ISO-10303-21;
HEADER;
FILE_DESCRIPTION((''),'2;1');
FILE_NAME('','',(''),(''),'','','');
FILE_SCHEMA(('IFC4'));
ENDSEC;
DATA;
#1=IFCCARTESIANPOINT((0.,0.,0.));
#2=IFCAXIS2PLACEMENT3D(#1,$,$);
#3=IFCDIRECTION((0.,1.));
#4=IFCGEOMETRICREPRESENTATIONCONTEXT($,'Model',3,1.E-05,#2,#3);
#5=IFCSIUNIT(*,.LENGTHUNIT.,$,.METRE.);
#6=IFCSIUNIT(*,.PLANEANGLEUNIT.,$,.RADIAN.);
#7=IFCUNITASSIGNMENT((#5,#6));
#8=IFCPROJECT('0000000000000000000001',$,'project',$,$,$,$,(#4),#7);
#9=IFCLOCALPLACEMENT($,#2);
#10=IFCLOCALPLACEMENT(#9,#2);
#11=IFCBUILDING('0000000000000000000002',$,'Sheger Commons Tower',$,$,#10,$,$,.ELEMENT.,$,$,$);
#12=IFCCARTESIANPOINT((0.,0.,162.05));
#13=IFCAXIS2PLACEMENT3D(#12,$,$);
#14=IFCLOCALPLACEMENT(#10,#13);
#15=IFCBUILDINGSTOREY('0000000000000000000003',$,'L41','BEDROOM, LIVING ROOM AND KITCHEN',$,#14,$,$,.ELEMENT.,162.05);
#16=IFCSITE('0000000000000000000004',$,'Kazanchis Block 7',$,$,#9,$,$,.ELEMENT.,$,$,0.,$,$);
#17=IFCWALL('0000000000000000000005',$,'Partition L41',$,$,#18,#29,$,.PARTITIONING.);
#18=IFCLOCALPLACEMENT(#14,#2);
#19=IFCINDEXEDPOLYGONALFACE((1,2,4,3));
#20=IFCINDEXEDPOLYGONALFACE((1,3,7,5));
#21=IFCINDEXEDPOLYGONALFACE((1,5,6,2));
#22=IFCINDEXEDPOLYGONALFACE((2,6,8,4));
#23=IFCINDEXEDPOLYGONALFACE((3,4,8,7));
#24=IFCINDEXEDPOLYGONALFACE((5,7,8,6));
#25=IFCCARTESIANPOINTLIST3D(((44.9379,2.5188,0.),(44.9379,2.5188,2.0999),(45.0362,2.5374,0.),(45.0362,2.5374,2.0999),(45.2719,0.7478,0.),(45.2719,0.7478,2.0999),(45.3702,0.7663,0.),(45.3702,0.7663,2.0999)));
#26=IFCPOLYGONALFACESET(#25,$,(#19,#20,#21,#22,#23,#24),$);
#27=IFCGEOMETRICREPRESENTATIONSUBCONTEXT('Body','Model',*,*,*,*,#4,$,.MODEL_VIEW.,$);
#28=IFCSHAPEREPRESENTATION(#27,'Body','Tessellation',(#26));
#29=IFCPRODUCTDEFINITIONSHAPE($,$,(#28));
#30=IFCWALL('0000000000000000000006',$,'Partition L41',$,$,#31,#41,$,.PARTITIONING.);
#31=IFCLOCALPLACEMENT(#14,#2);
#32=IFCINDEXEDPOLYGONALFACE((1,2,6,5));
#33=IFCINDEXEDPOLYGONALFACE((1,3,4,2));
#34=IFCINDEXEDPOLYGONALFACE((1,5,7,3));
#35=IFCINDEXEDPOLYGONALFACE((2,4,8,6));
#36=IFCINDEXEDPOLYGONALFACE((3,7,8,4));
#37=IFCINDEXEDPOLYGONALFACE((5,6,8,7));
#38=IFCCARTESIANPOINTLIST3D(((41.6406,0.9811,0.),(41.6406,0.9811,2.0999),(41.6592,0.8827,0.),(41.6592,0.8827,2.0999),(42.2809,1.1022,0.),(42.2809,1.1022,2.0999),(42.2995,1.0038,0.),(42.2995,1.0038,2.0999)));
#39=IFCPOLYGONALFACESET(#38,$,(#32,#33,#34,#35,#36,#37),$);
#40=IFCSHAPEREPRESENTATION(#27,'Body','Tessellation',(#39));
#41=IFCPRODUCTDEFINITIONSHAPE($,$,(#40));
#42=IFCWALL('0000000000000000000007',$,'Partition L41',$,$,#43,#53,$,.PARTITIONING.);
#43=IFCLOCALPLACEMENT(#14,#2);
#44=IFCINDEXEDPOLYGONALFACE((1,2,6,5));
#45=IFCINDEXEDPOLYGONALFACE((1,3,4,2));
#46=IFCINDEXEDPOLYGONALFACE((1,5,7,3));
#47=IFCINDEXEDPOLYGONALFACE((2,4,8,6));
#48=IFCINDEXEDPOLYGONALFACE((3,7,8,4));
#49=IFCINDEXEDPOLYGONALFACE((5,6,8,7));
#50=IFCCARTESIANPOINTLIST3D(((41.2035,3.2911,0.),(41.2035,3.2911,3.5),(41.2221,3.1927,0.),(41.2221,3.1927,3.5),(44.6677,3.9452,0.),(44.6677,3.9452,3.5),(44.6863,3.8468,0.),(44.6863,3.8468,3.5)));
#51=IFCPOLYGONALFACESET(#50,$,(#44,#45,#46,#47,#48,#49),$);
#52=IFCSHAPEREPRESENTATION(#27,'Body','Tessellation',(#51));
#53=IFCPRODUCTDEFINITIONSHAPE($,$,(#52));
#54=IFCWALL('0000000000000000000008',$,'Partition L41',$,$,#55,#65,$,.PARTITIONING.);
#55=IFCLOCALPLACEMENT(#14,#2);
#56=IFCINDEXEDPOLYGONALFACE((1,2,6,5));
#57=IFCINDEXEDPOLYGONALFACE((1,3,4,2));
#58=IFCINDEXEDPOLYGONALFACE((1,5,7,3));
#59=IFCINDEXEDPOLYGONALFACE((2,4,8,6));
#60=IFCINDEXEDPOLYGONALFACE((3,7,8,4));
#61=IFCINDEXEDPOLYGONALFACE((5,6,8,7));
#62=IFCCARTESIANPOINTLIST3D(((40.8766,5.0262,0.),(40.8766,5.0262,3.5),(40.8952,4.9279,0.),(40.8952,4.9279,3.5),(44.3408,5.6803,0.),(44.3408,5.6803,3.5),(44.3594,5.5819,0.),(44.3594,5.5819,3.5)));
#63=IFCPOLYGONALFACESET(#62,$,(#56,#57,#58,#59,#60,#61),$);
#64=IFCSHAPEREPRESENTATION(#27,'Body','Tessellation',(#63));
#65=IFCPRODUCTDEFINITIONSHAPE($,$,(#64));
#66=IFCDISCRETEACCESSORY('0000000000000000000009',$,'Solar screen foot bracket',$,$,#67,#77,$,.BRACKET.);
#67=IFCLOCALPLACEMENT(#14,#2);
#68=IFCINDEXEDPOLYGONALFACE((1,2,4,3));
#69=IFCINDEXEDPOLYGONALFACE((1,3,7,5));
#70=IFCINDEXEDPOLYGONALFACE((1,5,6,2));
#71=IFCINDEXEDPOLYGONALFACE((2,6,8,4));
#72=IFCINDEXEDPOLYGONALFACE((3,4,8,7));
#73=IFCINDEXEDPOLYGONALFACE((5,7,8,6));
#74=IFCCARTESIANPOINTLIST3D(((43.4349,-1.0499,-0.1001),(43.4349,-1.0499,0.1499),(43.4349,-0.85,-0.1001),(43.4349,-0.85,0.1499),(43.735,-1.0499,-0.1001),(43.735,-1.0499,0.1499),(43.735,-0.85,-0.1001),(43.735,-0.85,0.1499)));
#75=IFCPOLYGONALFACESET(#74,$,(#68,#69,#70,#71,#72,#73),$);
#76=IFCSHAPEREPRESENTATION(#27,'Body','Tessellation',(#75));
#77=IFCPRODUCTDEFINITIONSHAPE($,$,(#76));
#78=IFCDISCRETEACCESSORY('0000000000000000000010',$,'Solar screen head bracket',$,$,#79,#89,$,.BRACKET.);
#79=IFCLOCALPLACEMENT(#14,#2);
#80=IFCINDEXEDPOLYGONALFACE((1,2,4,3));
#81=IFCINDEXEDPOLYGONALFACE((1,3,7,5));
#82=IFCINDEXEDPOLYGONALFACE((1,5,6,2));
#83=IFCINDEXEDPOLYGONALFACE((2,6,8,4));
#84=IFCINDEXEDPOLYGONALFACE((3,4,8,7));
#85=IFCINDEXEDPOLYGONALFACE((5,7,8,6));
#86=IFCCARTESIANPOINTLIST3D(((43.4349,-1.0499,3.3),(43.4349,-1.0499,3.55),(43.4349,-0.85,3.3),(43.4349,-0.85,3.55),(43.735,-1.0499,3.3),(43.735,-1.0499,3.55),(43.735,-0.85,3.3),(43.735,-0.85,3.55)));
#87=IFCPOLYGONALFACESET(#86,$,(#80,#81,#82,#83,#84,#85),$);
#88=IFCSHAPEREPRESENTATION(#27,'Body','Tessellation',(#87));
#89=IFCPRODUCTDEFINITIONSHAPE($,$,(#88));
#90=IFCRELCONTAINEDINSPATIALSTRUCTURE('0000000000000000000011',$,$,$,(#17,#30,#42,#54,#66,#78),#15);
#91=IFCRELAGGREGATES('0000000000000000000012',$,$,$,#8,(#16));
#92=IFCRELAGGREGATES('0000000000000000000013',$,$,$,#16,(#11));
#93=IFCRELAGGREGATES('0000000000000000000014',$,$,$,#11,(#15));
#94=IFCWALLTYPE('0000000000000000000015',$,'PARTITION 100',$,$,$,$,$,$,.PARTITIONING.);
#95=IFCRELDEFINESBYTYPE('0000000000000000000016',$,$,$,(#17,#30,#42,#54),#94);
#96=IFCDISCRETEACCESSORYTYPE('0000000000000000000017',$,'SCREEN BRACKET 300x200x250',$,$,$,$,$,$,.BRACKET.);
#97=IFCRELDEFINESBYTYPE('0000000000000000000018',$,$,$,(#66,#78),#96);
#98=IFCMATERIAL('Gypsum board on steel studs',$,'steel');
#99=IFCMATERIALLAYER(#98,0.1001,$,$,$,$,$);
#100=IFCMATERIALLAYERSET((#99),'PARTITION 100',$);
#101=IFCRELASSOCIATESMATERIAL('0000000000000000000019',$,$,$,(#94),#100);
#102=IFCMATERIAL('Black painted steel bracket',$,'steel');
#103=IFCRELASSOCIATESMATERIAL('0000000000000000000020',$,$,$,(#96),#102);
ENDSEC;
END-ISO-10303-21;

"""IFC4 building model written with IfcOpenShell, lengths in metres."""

from ifc_helpers import new_model, si_unit, direction, frame, frame_2d, origin, origin_2d, place, context, subcontext, project, spatial, rectangle, extrude, material, layer, layer_set, type_object, element, save


model = new_model("IFC4")

# Units and contexts
model_context = context("Model", 3, precision=1e-05, world=origin(), true_north=direction((0.0, 1.0)))
body_context = subcontext(model_context, "Body", "Model", "MODEL_VIEW")
ifc_project = project(units=[si_unit("LENGTHUNIT", "METRE"), si_unit("PLANEANGLEUNIT", "RADIAN")], contexts=[model_context])

# Site, building, storey
site_placement = place(None, origin())
site = spatial("IfcSite", under=ifc_project, at=site_placement, Name="Kazanchis Block 7", CompositionType="ELEMENT", RefElevation=0.0)
building_placement = place(site_placement, origin())
building = spatial("IfcBuilding", under=site, at=building_placement, Name="Sheger Commons Tower", CompositionType="ELEMENT")
storey_placement = place(building_placement, frame((0.0, 0.0, 162.05)))
storey = spatial("IfcBuildingStorey", under=building, at=storey_placement, Name="L41", Description="BEDROOM, LIVING ROOM AND KITCHEN", CompositionType="ELEMENT", Elevation=162.05)

# Shared definitions
ifc_material_1 = material(Name="Gypsum board on steel studs", Category="steel")
ifc_layer_1 = layer(ifc_material_1, 0.1001)
ifc_layer_set_1 = layer_set([ifc_layer_1], Name="PARTITION 100")
wall_type_1 = type_object("IfcWallType", Name="PARTITION 100", PredefinedType="PARTITIONING", material=ifc_layer_set_1)

# Walls
wall_1_placement = place(storey_placement, frame((44.9871, 2.5281, 0.0), z_axis=(0.0, 0.0, 1.0), x_axis=(0.185319, -0.982678, 0.0)))
element("IfcWall", 1, at=wall_1_placement, inside=storey, type_object=wall_type_1, Name="Partition L41", PredefinedType="PARTITIONING", context=body_context, shape_type="SweptSolid", body=[
    extrude(rectangle(XDim=1.8022, YDim=0.1001, at=frame_2d((0.9011, 0.0))), origin(), (0.0, 0.0, 1.0), 2.0999),
])
wall_2_placement = place(storey_placement, frame((42.29, 1.053, 0.0), z_axis=(0.0, 0.0, 1.0), x_axis=(-0.982574, -0.185872, 0.0)))
element("IfcWall", 2, at=wall_2_placement, inside=storey, type_object=wall_type_1, Name="Partition L41", PredefinedType="PARTITIONING", context=body_context, shape_type="SweptSolid", body=[
    extrude(rectangle(XDim=0.6516, YDim=0.1001, at=frame_2d((0.3257, 0.0))), origin(), (0.0, 0.0, 1.0), 2.0999),
])
for number, where, z_axis, x_axis, name in (
    (3, (44.677, 3.896, 0.0), (0.0, 0.0, 1.0), (-0.982639, -0.18553, 0.0), "Partition L41"),
    (4, (44.3501, 5.6311, 0.0), (0.0, 0.0, 1.0), (-0.982639, -0.18553, 0.0), "Partition L41"),
):
    element("IfcWall", number, at=place(storey_placement, frame(where, z_axis=z_axis, x_axis=x_axis)), inside=storey, type_object=wall_type_1, Name=name, PredefinedType="PARTITIONING", context=body_context, shape_type="SweptSolid", body=[
        extrude(rectangle(XDim=3.5254, YDim=0.1001, at=frame_2d((1.7627, 0.0))), origin(), (0.0, 0.0, 1.0), 3.5),
    ])

# Discrete accessories
ifc_material_2 = material(Name="Black painted steel bracket", Category="steel")
discrete_accessory_type = type_object("IfcDiscreteAccessoryType", Name="SCREEN BRACKET 300x200x250", PredefinedType="BRACKET", material=ifc_material_2)
for number, where, z_axis, x_axis, name in (
    (5, (43.585, -0.95, -0.1001), (0.0, 0.0, 1.0), (1.0, 0.0, 0.0), "Solar screen foot bracket"),
    (6, (43.585, -0.95, 3.3), (0.0, 0.0, 1.0), (1.0, 0.0, 0.0), "Solar screen head bracket"),
):
    element("IfcDiscreteAccessory", number, at=place(storey_placement, frame(where, z_axis=z_axis, x_axis=x_axis)), inside=storey, type_object=discrete_accessory_type, Name=name, PredefinedType="BRACKET", context=body_context, shape_type="SweptSolid", body=[
        extrude(rectangle(XDim=0.3, YDim=0.2, at=origin_2d()), origin(), (0.0, 0.0, 1.0), 0.25),
    ])

save(model, "model.ifc")
